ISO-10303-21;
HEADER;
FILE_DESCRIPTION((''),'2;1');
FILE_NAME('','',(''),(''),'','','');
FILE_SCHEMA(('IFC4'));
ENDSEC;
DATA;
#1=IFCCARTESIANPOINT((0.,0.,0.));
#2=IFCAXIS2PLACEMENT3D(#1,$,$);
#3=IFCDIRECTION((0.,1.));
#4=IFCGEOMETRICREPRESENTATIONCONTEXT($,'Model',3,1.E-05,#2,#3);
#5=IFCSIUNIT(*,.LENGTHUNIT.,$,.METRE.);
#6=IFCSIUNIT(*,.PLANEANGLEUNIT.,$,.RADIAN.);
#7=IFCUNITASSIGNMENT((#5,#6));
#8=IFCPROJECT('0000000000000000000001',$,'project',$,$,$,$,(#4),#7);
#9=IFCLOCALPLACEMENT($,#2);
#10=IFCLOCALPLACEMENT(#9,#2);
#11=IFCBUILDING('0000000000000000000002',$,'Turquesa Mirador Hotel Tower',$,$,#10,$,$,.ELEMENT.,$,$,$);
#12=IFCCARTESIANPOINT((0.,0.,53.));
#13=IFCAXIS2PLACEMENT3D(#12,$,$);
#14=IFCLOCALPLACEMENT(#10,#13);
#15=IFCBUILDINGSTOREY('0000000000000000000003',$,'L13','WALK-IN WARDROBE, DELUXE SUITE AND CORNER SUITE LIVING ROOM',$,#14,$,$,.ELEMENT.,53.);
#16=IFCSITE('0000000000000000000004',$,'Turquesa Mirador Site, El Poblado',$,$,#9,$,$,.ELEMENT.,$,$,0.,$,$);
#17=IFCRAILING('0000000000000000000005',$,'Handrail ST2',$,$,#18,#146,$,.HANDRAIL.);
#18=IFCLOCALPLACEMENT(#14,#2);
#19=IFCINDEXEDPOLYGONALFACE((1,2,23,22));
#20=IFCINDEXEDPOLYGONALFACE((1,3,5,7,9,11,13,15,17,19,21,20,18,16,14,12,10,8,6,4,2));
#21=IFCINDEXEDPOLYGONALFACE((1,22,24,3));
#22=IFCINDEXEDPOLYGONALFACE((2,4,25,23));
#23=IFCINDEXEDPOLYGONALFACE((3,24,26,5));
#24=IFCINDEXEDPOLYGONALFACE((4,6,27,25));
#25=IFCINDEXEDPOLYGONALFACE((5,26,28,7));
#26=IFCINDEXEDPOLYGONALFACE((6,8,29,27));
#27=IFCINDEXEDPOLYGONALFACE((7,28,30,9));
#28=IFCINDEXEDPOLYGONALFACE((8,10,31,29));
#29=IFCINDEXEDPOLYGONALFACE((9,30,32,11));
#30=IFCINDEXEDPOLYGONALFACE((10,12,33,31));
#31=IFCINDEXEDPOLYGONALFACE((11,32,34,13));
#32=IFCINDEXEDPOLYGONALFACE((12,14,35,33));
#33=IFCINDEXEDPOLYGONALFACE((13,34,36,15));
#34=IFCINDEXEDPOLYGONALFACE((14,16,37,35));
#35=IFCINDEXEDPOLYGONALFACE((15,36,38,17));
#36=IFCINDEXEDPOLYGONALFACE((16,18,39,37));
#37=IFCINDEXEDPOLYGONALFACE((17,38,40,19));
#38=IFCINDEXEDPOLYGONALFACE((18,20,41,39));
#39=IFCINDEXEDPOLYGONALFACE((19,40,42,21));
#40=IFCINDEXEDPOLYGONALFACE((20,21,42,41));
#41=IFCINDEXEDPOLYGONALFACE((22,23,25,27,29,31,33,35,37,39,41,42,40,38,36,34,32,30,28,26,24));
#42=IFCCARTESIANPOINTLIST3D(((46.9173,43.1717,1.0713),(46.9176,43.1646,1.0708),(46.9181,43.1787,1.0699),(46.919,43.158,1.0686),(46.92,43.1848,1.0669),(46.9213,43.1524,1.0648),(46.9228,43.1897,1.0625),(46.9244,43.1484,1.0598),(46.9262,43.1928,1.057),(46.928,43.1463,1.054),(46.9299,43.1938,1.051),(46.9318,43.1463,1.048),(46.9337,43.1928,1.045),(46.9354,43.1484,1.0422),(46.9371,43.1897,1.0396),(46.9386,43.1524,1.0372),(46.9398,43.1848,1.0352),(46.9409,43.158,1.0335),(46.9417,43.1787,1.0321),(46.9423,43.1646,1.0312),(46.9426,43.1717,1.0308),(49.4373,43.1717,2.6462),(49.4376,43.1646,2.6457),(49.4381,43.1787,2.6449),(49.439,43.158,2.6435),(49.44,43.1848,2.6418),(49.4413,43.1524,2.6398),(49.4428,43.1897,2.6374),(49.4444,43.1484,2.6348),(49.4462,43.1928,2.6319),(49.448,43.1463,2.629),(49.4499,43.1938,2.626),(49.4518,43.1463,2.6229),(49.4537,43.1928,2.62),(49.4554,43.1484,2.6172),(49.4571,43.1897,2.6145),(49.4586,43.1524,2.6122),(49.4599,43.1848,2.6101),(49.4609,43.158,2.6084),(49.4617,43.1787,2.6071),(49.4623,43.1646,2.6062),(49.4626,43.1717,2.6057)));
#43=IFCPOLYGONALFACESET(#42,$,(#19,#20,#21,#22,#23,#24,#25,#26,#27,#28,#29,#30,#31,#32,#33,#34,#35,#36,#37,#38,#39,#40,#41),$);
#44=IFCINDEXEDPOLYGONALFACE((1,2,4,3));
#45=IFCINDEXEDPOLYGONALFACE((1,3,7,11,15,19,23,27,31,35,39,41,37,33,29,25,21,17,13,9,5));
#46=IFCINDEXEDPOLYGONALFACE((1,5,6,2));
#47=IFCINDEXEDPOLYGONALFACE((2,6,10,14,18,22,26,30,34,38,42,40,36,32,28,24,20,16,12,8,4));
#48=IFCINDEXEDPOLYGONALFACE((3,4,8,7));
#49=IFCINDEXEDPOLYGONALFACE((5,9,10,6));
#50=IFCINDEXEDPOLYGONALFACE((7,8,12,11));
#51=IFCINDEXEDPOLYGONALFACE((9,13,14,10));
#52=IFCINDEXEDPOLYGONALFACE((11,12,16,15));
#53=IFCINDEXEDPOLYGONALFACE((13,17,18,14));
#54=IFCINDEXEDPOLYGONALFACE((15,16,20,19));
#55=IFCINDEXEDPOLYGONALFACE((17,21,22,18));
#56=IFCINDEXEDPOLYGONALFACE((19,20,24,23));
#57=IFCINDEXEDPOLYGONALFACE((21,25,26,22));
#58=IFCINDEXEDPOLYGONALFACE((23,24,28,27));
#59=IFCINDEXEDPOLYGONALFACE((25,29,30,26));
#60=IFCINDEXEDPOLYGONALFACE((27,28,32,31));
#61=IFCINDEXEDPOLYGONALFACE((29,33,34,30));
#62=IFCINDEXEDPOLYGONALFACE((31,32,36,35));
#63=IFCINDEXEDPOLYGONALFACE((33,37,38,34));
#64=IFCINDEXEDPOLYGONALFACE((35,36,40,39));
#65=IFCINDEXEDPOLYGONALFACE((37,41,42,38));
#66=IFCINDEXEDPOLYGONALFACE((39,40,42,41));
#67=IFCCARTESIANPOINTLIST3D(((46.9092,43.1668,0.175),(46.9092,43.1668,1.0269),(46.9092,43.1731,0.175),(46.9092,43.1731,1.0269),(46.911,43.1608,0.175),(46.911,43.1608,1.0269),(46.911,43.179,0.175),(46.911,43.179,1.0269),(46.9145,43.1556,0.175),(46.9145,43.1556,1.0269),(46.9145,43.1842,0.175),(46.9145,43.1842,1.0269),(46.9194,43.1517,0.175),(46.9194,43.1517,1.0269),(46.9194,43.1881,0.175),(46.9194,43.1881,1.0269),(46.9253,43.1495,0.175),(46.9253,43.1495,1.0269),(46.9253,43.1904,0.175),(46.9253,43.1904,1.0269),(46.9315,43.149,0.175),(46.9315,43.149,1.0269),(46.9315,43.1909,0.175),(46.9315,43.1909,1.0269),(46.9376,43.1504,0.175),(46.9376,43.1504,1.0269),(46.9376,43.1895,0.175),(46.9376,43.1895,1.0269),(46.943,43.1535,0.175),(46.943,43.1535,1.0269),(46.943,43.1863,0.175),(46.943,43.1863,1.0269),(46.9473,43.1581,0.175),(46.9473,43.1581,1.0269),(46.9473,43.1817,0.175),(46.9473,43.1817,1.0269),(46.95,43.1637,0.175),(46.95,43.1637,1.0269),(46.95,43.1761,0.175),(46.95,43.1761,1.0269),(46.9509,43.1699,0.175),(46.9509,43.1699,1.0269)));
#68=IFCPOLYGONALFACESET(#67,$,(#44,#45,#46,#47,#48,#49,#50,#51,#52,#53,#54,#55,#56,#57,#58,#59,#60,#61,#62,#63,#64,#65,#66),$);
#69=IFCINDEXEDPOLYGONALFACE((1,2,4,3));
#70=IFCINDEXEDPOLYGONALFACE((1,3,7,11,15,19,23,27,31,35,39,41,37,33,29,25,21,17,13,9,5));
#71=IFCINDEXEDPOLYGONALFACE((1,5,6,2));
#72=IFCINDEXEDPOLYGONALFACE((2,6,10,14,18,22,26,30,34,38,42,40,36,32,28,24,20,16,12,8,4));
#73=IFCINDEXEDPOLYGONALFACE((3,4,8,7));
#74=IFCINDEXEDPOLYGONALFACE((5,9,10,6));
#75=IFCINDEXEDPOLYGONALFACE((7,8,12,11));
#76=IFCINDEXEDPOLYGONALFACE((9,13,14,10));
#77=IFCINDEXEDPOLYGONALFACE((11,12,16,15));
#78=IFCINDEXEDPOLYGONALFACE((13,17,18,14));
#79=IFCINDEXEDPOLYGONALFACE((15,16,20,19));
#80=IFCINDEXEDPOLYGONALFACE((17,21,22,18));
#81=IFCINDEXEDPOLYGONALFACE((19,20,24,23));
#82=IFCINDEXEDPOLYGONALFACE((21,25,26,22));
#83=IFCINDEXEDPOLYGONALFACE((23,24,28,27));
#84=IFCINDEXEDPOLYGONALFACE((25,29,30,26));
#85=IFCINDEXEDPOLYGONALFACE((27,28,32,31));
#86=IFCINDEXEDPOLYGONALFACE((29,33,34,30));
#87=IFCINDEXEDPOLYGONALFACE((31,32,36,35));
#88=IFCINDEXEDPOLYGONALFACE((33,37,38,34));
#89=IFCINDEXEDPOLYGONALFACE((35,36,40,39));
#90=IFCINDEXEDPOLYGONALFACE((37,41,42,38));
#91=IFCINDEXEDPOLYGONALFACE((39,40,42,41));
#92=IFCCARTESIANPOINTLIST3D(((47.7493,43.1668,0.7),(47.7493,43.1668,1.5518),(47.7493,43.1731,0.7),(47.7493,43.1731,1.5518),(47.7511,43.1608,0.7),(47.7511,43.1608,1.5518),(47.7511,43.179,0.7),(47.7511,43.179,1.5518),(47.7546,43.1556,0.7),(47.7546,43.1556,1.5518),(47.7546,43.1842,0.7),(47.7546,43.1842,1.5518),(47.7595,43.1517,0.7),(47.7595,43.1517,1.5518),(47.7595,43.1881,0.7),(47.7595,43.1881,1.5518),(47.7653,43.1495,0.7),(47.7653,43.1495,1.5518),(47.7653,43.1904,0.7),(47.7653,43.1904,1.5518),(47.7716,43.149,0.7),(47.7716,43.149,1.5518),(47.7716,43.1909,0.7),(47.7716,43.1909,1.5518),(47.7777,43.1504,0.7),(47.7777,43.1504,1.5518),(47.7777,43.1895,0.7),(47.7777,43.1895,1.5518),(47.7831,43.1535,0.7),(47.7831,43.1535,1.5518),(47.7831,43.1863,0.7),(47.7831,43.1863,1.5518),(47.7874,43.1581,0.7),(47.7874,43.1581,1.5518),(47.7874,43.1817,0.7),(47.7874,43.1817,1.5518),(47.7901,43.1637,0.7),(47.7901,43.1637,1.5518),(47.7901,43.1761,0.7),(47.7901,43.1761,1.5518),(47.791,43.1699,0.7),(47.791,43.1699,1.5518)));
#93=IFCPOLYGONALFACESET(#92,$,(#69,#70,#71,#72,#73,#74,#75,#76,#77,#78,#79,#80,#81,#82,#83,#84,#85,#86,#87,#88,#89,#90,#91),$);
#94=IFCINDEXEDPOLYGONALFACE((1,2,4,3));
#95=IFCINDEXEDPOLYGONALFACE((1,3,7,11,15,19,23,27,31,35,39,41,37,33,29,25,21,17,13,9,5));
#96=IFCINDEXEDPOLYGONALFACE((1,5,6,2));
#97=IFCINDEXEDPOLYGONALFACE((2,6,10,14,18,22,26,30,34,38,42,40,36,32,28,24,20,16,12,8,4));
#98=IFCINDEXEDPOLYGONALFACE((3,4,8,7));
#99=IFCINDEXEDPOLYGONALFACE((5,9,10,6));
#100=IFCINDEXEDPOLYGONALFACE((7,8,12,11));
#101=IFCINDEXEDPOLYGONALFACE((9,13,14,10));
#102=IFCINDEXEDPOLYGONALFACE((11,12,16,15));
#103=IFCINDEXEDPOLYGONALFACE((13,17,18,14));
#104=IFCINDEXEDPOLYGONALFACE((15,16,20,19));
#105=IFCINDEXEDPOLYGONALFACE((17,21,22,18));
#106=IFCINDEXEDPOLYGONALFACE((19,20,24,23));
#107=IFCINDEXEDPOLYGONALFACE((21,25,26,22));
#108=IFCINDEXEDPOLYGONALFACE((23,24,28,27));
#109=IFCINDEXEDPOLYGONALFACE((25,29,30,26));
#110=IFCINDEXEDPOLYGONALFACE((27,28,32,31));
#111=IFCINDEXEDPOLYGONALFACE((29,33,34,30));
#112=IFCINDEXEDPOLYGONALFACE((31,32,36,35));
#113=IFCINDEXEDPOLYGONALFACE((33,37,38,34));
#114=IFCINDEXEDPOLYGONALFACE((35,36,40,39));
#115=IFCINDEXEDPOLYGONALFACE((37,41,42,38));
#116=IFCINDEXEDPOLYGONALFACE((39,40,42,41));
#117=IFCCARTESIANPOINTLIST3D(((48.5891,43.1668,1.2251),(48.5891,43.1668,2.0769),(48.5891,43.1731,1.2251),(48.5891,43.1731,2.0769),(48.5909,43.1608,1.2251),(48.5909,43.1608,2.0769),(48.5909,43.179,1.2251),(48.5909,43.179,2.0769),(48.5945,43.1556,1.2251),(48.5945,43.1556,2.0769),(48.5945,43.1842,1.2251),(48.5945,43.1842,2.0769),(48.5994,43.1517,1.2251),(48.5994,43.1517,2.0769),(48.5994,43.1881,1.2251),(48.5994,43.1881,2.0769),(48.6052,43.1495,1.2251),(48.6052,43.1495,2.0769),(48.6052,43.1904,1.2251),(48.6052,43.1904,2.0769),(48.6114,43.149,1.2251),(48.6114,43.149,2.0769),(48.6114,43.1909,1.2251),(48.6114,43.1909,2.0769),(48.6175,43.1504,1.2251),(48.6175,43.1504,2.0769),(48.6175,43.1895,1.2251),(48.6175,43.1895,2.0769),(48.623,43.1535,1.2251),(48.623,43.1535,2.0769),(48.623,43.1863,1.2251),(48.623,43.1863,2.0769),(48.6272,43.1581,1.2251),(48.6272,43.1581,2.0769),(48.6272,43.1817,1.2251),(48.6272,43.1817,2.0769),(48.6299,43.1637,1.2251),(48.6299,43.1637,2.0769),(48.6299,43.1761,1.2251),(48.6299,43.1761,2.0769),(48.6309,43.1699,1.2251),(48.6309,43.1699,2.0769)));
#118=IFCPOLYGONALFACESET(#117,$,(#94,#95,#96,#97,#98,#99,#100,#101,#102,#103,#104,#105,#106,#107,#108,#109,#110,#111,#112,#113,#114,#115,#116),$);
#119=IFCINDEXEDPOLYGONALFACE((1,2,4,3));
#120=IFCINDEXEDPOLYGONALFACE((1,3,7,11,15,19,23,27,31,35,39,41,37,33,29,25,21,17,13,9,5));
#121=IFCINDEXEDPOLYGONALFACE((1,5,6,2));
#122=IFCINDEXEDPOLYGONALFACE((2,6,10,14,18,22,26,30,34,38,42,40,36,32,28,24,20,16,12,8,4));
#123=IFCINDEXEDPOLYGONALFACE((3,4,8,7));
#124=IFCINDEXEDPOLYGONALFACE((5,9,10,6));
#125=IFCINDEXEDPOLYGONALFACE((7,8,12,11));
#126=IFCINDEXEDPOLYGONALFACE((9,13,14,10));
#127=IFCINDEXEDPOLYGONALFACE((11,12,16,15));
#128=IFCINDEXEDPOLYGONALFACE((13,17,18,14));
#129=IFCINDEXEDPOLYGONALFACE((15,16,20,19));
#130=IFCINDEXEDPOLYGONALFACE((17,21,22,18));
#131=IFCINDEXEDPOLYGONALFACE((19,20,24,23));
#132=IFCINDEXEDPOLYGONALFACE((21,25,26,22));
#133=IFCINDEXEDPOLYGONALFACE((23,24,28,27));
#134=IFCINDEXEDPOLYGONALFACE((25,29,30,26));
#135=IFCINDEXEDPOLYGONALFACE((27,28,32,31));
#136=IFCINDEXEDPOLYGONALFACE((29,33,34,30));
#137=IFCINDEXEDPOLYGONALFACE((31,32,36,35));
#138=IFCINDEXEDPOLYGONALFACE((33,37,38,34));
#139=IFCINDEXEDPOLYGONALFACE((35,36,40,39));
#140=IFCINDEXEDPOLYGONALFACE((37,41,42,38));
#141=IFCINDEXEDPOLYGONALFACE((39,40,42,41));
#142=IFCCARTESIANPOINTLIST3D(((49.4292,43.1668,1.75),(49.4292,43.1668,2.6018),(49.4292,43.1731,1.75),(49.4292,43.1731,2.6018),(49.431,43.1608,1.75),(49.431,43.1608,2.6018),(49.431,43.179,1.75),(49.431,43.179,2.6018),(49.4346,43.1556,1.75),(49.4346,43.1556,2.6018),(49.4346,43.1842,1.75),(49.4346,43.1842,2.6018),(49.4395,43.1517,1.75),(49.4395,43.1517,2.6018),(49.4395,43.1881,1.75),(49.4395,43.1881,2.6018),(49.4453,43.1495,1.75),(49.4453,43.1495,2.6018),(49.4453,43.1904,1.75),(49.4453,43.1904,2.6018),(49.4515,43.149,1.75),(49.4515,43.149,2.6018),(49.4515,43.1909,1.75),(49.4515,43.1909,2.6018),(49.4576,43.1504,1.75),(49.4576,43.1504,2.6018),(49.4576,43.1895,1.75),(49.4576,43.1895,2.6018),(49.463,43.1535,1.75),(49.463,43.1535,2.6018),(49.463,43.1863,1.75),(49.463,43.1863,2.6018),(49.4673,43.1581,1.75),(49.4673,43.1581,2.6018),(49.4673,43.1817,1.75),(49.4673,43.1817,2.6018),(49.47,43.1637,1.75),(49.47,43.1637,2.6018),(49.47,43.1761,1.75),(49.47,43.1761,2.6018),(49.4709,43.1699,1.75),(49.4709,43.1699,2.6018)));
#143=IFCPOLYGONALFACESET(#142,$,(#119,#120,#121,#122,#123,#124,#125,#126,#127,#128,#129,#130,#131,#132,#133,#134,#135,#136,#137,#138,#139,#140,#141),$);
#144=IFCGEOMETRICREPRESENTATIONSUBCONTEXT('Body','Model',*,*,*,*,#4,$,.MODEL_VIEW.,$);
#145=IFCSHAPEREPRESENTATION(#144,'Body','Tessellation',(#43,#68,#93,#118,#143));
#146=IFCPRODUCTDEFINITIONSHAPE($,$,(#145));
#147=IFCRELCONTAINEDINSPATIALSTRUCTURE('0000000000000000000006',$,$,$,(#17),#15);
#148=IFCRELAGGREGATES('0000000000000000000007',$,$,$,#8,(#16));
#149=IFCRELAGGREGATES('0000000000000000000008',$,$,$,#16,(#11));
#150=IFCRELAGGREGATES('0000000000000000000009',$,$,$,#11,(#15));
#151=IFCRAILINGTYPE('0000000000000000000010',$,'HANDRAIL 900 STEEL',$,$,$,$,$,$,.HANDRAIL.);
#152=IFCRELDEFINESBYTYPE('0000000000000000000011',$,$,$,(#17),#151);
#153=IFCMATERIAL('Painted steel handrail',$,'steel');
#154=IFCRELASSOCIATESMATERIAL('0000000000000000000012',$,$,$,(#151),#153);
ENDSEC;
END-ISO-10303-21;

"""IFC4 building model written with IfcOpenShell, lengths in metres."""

from ifc_helpers import new_model, si_unit, direction, frame, origin, origin_2d, place, context, subcontext, project, spatial, circle, extrude, material, type_object, element, save


model = new_model("IFC4")

# Units and contexts
model_context = context("Model", 3, precision=1e-05, world=origin(), true_north=direction((0.0, 1.0)))
body_context = subcontext(model_context, "Body", "Model", "MODEL_VIEW")
ifc_project = project(units=[si_unit("LENGTHUNIT", "METRE"), si_unit("PLANEANGLEUNIT", "RADIAN")], contexts=[model_context])

# Site, building, storey
site_placement = place(None, origin())
site = spatial("IfcSite", under=ifc_project, at=site_placement, Name="Turquesa Mirador Site, El Poblado", CompositionType="ELEMENT", RefElevation=0.0)
building_placement = place(site_placement, origin())
building = spatial("IfcBuilding", under=site, at=building_placement, Name="Turquesa Mirador Hotel Tower", CompositionType="ELEMENT")
storey_placement = place(building_placement, frame((0.0, 0.0, 53.0)))
storey = spatial("IfcBuildingStorey", under=building, at=storey_placement, Name="L13", Description="WALK-IN WARDROBE, DELUXE SUITE AND CORNER SUITE LIVING ROOM", CompositionType="ELEMENT", Elevation=53.0)

# Railing
ifc_material_1 = material(Name="Painted steel handrail", Category="steel")
railing_type = type_object("IfcRailingType", Name="HANDRAIL 900 STEEL", PredefinedType="HANDRAIL", material=ifc_material_1)
railing_1_placement = place(storey_placement, frame((46.9299, 43.1699, 0.175)))
element("IfcRailing", 1, at=railing_1_placement, inside=storey, type_object=railing_type, Name="Handrail ST2", PredefinedType="HANDRAIL", context=body_context, shape_type="SweptSolid", body=[
    extrude(circle(Radius=0.0239, at=origin_2d()), frame((0.0, 0.0, 0.876), z_axis=(0.848008, 0.0, 0.529984), x_axis=(0.0, 1.0, 0.0)), (0.0, 0.0, 1.0), 2.9717),
    extrude(circle(Radius=0.021, at=origin_2d()), origin(), (0.0, 0.0, 1.0), 0.8518),
    extrude(circle(Radius=0.021, at=origin_2d()), frame((0.8401, 0.0, 0.5249)), (0.0, 0.0, 1.0), 0.8518),
    extrude(circle(Radius=0.021, at=origin_2d()), frame((1.6799, 0.0, 1.05)), (0.0, 0.0, 1.0), 0.8518),
    extrude(circle(Radius=0.021, at=origin_2d()), frame((2.52, 0.0, 1.575)), (0.0, 0.0, 1.0), 0.8518),
])

save(model, "model.ifc")
